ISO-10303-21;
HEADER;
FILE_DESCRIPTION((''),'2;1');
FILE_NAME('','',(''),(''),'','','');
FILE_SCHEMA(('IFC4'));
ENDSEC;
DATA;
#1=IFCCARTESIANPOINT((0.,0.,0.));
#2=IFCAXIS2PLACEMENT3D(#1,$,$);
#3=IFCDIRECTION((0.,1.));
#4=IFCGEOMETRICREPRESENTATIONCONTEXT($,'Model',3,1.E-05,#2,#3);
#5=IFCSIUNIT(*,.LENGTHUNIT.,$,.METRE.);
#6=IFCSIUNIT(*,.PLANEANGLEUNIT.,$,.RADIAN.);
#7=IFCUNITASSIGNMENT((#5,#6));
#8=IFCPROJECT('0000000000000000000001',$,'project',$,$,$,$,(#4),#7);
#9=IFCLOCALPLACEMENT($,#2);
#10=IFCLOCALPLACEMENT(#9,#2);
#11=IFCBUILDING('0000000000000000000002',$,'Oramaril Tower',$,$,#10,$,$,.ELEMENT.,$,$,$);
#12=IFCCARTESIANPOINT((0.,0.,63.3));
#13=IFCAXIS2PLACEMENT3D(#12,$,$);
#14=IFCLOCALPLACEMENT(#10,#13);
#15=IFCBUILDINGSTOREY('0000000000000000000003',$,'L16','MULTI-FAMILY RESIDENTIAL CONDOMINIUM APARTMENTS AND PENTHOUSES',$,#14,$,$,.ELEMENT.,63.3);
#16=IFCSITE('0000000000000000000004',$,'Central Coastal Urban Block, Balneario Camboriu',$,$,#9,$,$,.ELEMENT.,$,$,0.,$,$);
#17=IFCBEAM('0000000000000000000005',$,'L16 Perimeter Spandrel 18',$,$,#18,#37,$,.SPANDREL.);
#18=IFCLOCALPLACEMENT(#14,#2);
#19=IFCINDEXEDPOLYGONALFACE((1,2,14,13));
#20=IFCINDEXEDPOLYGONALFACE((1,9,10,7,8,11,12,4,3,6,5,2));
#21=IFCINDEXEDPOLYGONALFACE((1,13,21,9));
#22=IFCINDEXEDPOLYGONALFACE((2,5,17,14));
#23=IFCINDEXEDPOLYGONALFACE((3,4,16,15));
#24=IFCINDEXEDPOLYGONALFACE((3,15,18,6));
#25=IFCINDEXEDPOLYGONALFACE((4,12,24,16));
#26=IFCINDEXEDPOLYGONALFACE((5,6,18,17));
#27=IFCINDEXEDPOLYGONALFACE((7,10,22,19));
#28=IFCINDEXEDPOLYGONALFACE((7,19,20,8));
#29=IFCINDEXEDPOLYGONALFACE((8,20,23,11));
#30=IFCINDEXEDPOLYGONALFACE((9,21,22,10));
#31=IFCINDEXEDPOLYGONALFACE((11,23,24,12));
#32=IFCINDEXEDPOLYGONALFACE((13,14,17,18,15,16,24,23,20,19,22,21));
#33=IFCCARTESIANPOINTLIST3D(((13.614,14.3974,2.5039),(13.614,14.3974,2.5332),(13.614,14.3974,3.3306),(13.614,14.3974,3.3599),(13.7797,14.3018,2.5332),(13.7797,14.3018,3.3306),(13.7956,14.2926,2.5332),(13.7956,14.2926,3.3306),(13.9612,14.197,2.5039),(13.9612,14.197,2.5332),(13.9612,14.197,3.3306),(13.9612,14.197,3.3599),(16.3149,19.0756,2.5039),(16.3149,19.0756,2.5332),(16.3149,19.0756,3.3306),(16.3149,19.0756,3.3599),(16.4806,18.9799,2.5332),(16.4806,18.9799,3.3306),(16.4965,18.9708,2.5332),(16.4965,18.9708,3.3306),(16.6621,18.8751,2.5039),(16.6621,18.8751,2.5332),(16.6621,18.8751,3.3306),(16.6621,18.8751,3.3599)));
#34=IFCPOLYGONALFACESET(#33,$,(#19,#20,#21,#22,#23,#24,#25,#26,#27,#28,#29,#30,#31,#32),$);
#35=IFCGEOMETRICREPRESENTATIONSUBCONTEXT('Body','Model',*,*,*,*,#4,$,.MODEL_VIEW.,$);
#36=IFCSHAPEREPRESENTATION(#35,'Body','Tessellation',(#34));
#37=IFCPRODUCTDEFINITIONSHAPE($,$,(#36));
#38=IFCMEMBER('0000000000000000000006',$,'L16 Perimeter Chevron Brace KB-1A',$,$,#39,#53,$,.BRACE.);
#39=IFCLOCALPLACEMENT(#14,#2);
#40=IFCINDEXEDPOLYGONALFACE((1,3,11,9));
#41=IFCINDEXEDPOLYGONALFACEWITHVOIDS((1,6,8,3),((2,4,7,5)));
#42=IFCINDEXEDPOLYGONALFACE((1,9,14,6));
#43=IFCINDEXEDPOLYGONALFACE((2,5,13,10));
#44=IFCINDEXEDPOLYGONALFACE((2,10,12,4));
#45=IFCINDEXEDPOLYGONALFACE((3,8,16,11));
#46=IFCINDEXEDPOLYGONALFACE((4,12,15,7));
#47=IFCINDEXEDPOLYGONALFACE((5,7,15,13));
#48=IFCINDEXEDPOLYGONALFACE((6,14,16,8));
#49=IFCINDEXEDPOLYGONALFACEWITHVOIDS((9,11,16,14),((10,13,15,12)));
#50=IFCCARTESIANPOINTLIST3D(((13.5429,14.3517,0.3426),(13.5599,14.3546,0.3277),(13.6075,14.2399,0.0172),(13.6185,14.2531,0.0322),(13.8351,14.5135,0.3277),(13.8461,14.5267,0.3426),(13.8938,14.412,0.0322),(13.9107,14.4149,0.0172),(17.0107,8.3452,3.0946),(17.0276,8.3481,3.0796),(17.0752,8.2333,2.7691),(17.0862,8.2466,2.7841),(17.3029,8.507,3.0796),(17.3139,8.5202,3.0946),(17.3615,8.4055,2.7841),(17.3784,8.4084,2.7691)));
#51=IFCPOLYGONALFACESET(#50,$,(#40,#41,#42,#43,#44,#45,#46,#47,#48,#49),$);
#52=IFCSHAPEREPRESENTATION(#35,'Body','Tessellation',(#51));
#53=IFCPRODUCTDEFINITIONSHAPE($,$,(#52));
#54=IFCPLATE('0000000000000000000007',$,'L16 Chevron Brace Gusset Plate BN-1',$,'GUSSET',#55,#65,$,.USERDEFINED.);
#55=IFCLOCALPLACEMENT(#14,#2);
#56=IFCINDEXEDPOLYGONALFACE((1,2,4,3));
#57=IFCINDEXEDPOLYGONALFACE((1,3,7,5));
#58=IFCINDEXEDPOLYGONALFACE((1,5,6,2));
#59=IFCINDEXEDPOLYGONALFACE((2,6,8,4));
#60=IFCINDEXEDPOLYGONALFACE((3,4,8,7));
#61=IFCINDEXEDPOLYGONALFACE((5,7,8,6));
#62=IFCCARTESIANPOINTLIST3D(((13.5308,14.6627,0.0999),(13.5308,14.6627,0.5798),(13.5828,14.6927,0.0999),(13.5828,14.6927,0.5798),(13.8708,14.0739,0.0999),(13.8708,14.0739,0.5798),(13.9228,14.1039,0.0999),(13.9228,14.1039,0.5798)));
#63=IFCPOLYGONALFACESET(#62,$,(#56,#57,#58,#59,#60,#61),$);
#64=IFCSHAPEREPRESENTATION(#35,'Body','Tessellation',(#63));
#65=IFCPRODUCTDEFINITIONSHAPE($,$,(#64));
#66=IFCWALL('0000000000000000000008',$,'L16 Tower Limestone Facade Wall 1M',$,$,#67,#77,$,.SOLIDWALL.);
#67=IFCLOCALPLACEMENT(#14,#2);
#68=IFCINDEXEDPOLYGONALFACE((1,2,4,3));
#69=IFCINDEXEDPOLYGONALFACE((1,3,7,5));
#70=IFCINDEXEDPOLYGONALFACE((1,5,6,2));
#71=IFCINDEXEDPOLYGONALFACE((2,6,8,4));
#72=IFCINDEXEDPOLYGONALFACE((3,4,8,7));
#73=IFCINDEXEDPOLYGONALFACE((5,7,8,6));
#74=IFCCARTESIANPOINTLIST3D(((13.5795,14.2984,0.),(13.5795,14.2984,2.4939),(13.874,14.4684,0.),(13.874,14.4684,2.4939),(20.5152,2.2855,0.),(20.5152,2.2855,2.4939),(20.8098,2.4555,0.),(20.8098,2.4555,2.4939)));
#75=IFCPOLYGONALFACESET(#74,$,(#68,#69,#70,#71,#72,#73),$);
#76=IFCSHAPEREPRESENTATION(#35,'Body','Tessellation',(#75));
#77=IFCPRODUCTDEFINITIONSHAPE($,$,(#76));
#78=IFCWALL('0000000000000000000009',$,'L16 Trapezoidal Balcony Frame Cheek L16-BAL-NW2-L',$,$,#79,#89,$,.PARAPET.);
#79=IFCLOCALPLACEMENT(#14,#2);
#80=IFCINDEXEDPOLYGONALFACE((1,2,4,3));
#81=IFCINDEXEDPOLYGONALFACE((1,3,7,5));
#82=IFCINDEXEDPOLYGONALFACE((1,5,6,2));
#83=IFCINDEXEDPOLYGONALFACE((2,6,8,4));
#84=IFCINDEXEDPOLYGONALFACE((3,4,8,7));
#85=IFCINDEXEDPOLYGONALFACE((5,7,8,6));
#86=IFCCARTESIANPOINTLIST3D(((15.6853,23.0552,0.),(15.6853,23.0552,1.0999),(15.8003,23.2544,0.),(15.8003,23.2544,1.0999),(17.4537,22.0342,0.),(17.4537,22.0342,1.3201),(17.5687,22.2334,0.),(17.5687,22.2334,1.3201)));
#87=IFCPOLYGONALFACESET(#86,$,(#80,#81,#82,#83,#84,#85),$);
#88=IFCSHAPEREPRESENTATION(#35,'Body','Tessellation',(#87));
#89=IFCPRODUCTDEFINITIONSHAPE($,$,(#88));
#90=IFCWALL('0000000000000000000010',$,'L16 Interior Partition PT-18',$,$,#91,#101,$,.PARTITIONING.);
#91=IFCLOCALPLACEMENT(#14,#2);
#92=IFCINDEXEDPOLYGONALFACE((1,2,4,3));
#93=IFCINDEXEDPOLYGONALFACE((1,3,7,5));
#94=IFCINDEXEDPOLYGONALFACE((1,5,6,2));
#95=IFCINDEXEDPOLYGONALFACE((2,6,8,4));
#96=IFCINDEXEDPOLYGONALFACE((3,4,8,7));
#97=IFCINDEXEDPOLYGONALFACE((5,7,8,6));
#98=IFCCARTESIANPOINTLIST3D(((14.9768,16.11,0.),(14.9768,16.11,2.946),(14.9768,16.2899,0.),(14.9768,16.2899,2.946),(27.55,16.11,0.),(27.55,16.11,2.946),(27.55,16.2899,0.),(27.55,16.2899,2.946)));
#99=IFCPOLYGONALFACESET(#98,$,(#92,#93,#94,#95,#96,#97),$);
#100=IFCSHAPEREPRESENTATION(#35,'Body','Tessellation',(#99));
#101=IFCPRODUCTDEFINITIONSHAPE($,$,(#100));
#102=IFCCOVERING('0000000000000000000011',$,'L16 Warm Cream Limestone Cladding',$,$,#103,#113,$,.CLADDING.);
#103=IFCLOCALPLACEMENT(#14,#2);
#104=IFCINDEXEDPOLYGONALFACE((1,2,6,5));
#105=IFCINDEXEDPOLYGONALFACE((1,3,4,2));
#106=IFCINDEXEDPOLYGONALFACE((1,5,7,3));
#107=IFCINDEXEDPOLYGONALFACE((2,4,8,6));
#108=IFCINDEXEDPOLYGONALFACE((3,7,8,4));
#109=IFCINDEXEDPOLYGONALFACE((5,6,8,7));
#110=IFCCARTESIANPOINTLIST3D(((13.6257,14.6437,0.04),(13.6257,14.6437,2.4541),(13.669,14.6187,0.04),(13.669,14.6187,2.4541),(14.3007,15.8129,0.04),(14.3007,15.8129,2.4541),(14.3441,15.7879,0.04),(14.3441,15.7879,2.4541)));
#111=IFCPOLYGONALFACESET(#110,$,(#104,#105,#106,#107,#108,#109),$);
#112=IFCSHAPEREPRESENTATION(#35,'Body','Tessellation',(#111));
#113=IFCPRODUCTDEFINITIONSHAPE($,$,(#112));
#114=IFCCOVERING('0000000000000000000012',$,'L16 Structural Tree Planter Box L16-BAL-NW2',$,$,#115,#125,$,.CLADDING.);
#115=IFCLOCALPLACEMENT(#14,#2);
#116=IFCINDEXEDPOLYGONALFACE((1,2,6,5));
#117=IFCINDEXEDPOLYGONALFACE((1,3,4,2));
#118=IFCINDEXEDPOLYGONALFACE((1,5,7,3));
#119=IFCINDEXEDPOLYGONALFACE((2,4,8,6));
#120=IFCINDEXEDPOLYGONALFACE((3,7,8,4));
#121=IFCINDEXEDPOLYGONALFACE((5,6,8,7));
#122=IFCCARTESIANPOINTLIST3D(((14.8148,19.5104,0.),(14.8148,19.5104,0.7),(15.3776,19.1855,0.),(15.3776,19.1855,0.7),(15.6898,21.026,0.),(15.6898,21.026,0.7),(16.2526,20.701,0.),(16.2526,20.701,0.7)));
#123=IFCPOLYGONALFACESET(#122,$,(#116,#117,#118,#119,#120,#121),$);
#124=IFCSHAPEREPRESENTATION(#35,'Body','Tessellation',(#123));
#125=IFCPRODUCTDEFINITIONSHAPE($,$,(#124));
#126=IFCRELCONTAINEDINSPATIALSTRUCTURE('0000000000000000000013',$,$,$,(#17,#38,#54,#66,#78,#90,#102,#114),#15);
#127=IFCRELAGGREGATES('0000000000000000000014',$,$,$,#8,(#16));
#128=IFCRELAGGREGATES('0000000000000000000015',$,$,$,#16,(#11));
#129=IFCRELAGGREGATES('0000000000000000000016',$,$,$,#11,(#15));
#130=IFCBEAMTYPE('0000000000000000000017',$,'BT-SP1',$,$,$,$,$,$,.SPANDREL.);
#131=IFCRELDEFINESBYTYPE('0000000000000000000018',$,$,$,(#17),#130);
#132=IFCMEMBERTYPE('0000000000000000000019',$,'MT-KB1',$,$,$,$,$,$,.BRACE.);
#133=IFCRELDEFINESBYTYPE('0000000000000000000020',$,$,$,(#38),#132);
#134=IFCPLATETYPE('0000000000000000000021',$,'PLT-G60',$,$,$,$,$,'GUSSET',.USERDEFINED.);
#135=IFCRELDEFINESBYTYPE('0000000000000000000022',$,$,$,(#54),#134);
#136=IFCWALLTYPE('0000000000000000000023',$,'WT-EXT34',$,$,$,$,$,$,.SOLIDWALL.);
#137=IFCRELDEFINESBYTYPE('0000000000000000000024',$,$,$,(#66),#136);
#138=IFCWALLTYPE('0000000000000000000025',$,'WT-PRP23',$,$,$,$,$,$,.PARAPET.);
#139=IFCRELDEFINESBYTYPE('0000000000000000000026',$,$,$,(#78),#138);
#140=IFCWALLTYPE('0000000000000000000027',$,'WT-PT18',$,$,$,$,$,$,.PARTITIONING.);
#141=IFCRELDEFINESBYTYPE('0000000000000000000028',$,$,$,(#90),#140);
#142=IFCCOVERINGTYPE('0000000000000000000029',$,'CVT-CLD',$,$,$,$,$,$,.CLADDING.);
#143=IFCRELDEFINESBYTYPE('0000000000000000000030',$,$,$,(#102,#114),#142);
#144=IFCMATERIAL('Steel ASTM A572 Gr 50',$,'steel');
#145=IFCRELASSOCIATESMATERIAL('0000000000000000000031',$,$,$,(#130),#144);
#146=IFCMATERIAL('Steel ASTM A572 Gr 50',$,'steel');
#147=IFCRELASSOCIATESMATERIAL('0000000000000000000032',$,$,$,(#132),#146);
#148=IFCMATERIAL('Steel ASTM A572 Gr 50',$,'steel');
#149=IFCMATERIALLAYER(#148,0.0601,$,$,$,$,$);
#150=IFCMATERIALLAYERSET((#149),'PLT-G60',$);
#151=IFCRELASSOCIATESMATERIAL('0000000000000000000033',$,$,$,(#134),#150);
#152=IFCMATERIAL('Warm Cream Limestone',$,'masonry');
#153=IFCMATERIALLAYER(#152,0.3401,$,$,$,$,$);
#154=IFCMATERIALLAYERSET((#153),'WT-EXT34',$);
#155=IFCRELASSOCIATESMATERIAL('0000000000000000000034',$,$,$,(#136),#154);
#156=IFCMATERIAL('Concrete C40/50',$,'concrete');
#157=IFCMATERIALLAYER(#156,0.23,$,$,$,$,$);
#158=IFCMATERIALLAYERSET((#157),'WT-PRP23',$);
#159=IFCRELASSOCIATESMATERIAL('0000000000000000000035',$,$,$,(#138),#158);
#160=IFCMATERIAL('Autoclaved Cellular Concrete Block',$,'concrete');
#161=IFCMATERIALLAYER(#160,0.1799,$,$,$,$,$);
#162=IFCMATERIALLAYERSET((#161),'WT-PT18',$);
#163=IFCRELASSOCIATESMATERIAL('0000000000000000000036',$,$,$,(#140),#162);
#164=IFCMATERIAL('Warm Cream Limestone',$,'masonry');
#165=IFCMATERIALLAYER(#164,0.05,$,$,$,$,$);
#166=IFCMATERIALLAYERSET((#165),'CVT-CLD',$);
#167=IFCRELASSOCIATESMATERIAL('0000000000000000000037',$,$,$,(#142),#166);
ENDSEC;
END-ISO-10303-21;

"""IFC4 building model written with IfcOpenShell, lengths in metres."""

from ifc_helpers import new_model, si_unit, direction, frame, frame_2d, origin, origin_2d, place, context, subcontext, project, spatial, polyline, rectangle, hollow_rectangle, i_section, outline, extrude, material, layer, layer_set, material_profile, profile_set, type_object, element, save


model = new_model("IFC4")

# Units and contexts
model_context = context("Model", 3, precision=1e-05, world=origin(), true_north=direction((0.0, 1.0)))
body_context = subcontext(model_context, "Body", "Model", "MODEL_VIEW")
ifc_project = project(units=[si_unit("LENGTHUNIT", "METRE"), si_unit("PLANEANGLEUNIT", "RADIAN")], contexts=[model_context])

# Site, building, storey
site_placement = place(None, origin())
site = spatial("IfcSite", under=ifc_project, at=site_placement, Name="Central Coastal Urban Block, Balneario Camboriu", CompositionType="ELEMENT", RefElevation=0.0)
building_placement = place(site_placement, origin())
building = spatial("IfcBuilding", under=site, at=building_placement, Name="Oramaril Tower", CompositionType="ELEMENT")
storey_placement = place(building_placement, frame((0.0, 0.0, 63.3)))
storey = spatial("IfcBuildingStorey", under=building, at=storey_placement, Name="L16", Description="MULTI-FAMILY RESIDENTIAL CONDOMINIUM APARTMENTS AND PENTHOUSES", CompositionType="ELEMENT", Elevation=63.3)

# Beam
ifc_material_1 = material(Name="Steel ASTM A572 Gr 50", Category="steel")
ifc_material_profile_1 = material_profile(ifc_material_1, i_section(OverallWidth=0.4009, OverallDepth=0.856, WebThickness=0.0183, FlangeThickness=0.0293, at=origin_2d()), Name="W33X201")
ifc_profile_set_1 = profile_set([ifc_material_profile_1], Name="Steel ASTM A572 Gr 50")
beam_type_1 = type_object("IfcBeamType", Name="BT-SP1", PredefinedType="SPANDREL", material=ifc_profile_set_1)
beam_1_placement = place(storey_placement, frame((16.4885, 18.9753, 2.9319), z_axis=(-0.499994, -0.866029, 0.0), x_axis=(0.866029, -0.499994, 0.0)))
element("IfcBeam", 1, at=beam_1_placement, inside=storey, type_object=beam_type_1, Name="L16 Perimeter Spandrel 18", PredefinedType="SPANDREL", context=body_context, shape_type="SweptSolid", body=[
    extrude(i_section(OverallWidth=0.4009, OverallDepth=0.856, WebThickness=0.0183, FlangeThickness=0.0293, at=origin_2d()), origin(), (0.0, 0.0, 1.0), 5.4019),
])

# Member
ifc_material_2 = material(Name="Steel ASTM A572 Gr 50", Category="steel")
ifc_material_profile_2 = material_profile(ifc_material_2, hollow_rectangle(XDim=0.3501, YDim=0.3501, WallThickness=0.0161, at=origin_2d()), Name="HSS350X350X16")
ifc_profile_set_2 = profile_set([ifc_material_profile_2], Name="Steel ASTM A572 Gr 50")
member_type = type_object("IfcMemberType", Name="MT-KB1", PredefinedType="BRACE", material=ifc_profile_set_2)
member_placement = place(storey_placement, frame((13.7268, 14.3833, 0.1799), z_axis=(0.464739, -0.804983, 0.368808), x_axis=(0.866034, 0.499986, 0.0)))
element("IfcMember", 2, at=member_placement, inside=storey, type_object=member_type, Name="L16 Perimeter Chevron Brace KB-1A", PredefinedType="BRACE", context=body_context, shape_type="SweptSolid", body=[
    extrude(hollow_rectangle(XDim=0.3501, YDim=0.3501, WallThickness=0.0161, at=origin_2d()), origin(), (0.0, 0.0, 1.0), 7.4617),
])

# Plate
ifc_material_3 = material(Name="Steel ASTM A572 Gr 50", Category="steel")
ifc_layer_1 = layer(ifc_material_3, 0.0601)
ifc_layer_set_1 = layer_set([ifc_layer_1], Name="PLT-G60")
plate_type = type_object("IfcPlateType", Name="PLT-G60", ElementType="GUSSET", PredefinedType="USERDEFINED", material=ifc_layer_set_1)
plate_placement = place(storey_placement, frame((13.7268, 14.3833, 0.0999), z_axis=(0.0, 0.0, 1.0), x_axis=(0.500003, -0.866024, 0.0)))
element("IfcPlate", 3, at=plate_placement, inside=storey, type_object=plate_type, Name="L16 Chevron Brace Gusset Plate BN-1", ObjectType="GUSSET", PredefinedType="USERDEFINED", context=body_context, shape_type="SweptSolid", body=[
    extrude(rectangle(XDim=0.6799, YDim=0.0601, at=origin_2d()), origin(), (0.0, 0.0, 1.0), 0.48),
])

# Walls
ifc_material_4 = material(Name="Warm Cream Limestone", Category="masonry")
ifc_layer_2 = layer(ifc_material_4, 0.3401)
ifc_layer_set_2 = layer_set([ifc_layer_2], Name="WT-EXT34")
wall_type_1 = type_object("IfcWallType", Name="WT-EXT34", PredefinedType="SOLIDWALL", material=ifc_layer_set_2)
wall_1_placement = place(storey_placement, frame((13.7268, 14.3833, 0.0), z_axis=(0.0, 0.0, 1.0), x_axis=(0.500006, -0.866022, 0.0)))
element("IfcWall", 4, at=wall_1_placement, inside=storey, type_object=wall_type_1, Name="L16 Tower Limestone Facade Wall 1M", PredefinedType="SOLIDWALL", context=body_context, shape_type="SweptSolid", body=[
    extrude(rectangle(XDim=13.8713, YDim=0.3401, at=frame_2d((6.9355, 0.0))), origin(), (0.0, 0.0, 1.0), 2.4939),
])
ifc_material_5 = material(Name="Concrete C40/50", Category="concrete")
ifc_layer_3 = layer(ifc_material_5, 0.23)
ifc_layer_set_3 = layer_set([ifc_layer_3], Name="WT-PRP23")
wall_type_2 = type_object("IfcWallType", Name="WT-PRP23", PredefinedType="PARAPET", material=ifc_layer_set_3)
wall_2_placement = place(storey_placement, frame((17.5112, 22.1338, 0.0), z_axis=(0.0, 0.0, 1.0), x_axis=(-0.866012, 0.500023, 0.0)))
element("IfcWall", 5, at=wall_2_placement, inside=storey, type_object=wall_type_2, Name="L16 Trapezoidal Balcony Frame Cheek L16-BAL-NW2-L", PredefinedType="PARAPET", context=body_context, shape_type="SweptSolid", body=[
    extrude(outline(polyline([(0.0, 0.0), (2.042, 0.0), (2.042, 1.0999), (0.0, 1.3201), (0.0, 0.0)])), frame((0.0, 0.115, 0.0), z_axis=(0.0, -1.0, 0.0), x_axis=(1.0, 0.0, 0.0)), (0.0, 0.0, 1.0), 0.23),
])

# Wall
ifc_material_6 = material(Name="Autoclaved Cellular Concrete Block", Category="concrete")
ifc_layer_4 = layer(ifc_material_6, 0.1799)
ifc_layer_set_4 = layer_set([ifc_layer_4], Name="WT-PT18")
wall_type_3 = type_object("IfcWallType", Name="WT-PT18", PredefinedType="PARTITIONING", material=ifc_layer_set_4)
wall_3_placement = place(storey_placement, frame((14.9768, 16.2, 0.0), z_axis=(0.0, 0.0, 1.0), x_axis=(1.0, 0.0, 0.0)))
element("IfcWall", 6, at=wall_3_placement, inside=storey, type_object=wall_type_3, Name="L16 Interior Partition PT-18", PredefinedType="PARTITIONING", context=body_context, shape_type="SweptSolid", body=[
    extrude(rectangle(XDim=12.5732, YDim=0.1799, at=frame_2d((6.2866, 0.0))), origin(), (0.0, 0.0, 1.0), 2.946),
])

# Coverings
ifc_material_7 = material(Name="Warm Cream Limestone", Category="masonry")
ifc_layer_5 = layer(ifc_material_7, 0.05)
ifc_layer_set_5 = layer_set([ifc_layer_5], Name="CVT-CLD")
covering_type = type_object("IfcCoveringType", Name="CVT-CLD", PredefinedType="CLADDING", material=ifc_layer_set_5)
covering_1_placement = place(storey_placement, frame((13.9849, 15.2158, 0.04), z_axis=(0.0, 0.0, 1.0), x_axis=(-0.499998, -0.866026, 0.0)))
element("IfcCovering", 7, at=covering_1_placement, inside=storey, type_object=covering_type, Name="L16 Warm Cream Limestone Cladding", PredefinedType="CLADDING", context=body_context, shape_type="SweptSolid", body=[
    extrude(rectangle(XDim=1.3501, YDim=0.05, at=origin_2d()), origin(), (0.0, 0.0, 1.0), 2.4141),
])
covering_2_placement = place(storey_placement, frame((15.5337, 20.1057, 0.0), z_axis=(0.0, 0.0, 1.0), x_axis=(-0.5, -0.866025, 0.0)))
element("IfcCovering", 8, at=covering_2_placement, inside=storey, type_object=covering_type, Name="L16 Structural Tree Planter Box L16-BAL-NW2", PredefinedType="CLADDING", context=body_context, shape_type="SweptSolid", body=[
    extrude(rectangle(XDim=1.75, YDim=0.6499, at=origin_2d()), origin(), (0.0, 0.0, 1.0), 0.7),
])

save(model, "model.ifc")
